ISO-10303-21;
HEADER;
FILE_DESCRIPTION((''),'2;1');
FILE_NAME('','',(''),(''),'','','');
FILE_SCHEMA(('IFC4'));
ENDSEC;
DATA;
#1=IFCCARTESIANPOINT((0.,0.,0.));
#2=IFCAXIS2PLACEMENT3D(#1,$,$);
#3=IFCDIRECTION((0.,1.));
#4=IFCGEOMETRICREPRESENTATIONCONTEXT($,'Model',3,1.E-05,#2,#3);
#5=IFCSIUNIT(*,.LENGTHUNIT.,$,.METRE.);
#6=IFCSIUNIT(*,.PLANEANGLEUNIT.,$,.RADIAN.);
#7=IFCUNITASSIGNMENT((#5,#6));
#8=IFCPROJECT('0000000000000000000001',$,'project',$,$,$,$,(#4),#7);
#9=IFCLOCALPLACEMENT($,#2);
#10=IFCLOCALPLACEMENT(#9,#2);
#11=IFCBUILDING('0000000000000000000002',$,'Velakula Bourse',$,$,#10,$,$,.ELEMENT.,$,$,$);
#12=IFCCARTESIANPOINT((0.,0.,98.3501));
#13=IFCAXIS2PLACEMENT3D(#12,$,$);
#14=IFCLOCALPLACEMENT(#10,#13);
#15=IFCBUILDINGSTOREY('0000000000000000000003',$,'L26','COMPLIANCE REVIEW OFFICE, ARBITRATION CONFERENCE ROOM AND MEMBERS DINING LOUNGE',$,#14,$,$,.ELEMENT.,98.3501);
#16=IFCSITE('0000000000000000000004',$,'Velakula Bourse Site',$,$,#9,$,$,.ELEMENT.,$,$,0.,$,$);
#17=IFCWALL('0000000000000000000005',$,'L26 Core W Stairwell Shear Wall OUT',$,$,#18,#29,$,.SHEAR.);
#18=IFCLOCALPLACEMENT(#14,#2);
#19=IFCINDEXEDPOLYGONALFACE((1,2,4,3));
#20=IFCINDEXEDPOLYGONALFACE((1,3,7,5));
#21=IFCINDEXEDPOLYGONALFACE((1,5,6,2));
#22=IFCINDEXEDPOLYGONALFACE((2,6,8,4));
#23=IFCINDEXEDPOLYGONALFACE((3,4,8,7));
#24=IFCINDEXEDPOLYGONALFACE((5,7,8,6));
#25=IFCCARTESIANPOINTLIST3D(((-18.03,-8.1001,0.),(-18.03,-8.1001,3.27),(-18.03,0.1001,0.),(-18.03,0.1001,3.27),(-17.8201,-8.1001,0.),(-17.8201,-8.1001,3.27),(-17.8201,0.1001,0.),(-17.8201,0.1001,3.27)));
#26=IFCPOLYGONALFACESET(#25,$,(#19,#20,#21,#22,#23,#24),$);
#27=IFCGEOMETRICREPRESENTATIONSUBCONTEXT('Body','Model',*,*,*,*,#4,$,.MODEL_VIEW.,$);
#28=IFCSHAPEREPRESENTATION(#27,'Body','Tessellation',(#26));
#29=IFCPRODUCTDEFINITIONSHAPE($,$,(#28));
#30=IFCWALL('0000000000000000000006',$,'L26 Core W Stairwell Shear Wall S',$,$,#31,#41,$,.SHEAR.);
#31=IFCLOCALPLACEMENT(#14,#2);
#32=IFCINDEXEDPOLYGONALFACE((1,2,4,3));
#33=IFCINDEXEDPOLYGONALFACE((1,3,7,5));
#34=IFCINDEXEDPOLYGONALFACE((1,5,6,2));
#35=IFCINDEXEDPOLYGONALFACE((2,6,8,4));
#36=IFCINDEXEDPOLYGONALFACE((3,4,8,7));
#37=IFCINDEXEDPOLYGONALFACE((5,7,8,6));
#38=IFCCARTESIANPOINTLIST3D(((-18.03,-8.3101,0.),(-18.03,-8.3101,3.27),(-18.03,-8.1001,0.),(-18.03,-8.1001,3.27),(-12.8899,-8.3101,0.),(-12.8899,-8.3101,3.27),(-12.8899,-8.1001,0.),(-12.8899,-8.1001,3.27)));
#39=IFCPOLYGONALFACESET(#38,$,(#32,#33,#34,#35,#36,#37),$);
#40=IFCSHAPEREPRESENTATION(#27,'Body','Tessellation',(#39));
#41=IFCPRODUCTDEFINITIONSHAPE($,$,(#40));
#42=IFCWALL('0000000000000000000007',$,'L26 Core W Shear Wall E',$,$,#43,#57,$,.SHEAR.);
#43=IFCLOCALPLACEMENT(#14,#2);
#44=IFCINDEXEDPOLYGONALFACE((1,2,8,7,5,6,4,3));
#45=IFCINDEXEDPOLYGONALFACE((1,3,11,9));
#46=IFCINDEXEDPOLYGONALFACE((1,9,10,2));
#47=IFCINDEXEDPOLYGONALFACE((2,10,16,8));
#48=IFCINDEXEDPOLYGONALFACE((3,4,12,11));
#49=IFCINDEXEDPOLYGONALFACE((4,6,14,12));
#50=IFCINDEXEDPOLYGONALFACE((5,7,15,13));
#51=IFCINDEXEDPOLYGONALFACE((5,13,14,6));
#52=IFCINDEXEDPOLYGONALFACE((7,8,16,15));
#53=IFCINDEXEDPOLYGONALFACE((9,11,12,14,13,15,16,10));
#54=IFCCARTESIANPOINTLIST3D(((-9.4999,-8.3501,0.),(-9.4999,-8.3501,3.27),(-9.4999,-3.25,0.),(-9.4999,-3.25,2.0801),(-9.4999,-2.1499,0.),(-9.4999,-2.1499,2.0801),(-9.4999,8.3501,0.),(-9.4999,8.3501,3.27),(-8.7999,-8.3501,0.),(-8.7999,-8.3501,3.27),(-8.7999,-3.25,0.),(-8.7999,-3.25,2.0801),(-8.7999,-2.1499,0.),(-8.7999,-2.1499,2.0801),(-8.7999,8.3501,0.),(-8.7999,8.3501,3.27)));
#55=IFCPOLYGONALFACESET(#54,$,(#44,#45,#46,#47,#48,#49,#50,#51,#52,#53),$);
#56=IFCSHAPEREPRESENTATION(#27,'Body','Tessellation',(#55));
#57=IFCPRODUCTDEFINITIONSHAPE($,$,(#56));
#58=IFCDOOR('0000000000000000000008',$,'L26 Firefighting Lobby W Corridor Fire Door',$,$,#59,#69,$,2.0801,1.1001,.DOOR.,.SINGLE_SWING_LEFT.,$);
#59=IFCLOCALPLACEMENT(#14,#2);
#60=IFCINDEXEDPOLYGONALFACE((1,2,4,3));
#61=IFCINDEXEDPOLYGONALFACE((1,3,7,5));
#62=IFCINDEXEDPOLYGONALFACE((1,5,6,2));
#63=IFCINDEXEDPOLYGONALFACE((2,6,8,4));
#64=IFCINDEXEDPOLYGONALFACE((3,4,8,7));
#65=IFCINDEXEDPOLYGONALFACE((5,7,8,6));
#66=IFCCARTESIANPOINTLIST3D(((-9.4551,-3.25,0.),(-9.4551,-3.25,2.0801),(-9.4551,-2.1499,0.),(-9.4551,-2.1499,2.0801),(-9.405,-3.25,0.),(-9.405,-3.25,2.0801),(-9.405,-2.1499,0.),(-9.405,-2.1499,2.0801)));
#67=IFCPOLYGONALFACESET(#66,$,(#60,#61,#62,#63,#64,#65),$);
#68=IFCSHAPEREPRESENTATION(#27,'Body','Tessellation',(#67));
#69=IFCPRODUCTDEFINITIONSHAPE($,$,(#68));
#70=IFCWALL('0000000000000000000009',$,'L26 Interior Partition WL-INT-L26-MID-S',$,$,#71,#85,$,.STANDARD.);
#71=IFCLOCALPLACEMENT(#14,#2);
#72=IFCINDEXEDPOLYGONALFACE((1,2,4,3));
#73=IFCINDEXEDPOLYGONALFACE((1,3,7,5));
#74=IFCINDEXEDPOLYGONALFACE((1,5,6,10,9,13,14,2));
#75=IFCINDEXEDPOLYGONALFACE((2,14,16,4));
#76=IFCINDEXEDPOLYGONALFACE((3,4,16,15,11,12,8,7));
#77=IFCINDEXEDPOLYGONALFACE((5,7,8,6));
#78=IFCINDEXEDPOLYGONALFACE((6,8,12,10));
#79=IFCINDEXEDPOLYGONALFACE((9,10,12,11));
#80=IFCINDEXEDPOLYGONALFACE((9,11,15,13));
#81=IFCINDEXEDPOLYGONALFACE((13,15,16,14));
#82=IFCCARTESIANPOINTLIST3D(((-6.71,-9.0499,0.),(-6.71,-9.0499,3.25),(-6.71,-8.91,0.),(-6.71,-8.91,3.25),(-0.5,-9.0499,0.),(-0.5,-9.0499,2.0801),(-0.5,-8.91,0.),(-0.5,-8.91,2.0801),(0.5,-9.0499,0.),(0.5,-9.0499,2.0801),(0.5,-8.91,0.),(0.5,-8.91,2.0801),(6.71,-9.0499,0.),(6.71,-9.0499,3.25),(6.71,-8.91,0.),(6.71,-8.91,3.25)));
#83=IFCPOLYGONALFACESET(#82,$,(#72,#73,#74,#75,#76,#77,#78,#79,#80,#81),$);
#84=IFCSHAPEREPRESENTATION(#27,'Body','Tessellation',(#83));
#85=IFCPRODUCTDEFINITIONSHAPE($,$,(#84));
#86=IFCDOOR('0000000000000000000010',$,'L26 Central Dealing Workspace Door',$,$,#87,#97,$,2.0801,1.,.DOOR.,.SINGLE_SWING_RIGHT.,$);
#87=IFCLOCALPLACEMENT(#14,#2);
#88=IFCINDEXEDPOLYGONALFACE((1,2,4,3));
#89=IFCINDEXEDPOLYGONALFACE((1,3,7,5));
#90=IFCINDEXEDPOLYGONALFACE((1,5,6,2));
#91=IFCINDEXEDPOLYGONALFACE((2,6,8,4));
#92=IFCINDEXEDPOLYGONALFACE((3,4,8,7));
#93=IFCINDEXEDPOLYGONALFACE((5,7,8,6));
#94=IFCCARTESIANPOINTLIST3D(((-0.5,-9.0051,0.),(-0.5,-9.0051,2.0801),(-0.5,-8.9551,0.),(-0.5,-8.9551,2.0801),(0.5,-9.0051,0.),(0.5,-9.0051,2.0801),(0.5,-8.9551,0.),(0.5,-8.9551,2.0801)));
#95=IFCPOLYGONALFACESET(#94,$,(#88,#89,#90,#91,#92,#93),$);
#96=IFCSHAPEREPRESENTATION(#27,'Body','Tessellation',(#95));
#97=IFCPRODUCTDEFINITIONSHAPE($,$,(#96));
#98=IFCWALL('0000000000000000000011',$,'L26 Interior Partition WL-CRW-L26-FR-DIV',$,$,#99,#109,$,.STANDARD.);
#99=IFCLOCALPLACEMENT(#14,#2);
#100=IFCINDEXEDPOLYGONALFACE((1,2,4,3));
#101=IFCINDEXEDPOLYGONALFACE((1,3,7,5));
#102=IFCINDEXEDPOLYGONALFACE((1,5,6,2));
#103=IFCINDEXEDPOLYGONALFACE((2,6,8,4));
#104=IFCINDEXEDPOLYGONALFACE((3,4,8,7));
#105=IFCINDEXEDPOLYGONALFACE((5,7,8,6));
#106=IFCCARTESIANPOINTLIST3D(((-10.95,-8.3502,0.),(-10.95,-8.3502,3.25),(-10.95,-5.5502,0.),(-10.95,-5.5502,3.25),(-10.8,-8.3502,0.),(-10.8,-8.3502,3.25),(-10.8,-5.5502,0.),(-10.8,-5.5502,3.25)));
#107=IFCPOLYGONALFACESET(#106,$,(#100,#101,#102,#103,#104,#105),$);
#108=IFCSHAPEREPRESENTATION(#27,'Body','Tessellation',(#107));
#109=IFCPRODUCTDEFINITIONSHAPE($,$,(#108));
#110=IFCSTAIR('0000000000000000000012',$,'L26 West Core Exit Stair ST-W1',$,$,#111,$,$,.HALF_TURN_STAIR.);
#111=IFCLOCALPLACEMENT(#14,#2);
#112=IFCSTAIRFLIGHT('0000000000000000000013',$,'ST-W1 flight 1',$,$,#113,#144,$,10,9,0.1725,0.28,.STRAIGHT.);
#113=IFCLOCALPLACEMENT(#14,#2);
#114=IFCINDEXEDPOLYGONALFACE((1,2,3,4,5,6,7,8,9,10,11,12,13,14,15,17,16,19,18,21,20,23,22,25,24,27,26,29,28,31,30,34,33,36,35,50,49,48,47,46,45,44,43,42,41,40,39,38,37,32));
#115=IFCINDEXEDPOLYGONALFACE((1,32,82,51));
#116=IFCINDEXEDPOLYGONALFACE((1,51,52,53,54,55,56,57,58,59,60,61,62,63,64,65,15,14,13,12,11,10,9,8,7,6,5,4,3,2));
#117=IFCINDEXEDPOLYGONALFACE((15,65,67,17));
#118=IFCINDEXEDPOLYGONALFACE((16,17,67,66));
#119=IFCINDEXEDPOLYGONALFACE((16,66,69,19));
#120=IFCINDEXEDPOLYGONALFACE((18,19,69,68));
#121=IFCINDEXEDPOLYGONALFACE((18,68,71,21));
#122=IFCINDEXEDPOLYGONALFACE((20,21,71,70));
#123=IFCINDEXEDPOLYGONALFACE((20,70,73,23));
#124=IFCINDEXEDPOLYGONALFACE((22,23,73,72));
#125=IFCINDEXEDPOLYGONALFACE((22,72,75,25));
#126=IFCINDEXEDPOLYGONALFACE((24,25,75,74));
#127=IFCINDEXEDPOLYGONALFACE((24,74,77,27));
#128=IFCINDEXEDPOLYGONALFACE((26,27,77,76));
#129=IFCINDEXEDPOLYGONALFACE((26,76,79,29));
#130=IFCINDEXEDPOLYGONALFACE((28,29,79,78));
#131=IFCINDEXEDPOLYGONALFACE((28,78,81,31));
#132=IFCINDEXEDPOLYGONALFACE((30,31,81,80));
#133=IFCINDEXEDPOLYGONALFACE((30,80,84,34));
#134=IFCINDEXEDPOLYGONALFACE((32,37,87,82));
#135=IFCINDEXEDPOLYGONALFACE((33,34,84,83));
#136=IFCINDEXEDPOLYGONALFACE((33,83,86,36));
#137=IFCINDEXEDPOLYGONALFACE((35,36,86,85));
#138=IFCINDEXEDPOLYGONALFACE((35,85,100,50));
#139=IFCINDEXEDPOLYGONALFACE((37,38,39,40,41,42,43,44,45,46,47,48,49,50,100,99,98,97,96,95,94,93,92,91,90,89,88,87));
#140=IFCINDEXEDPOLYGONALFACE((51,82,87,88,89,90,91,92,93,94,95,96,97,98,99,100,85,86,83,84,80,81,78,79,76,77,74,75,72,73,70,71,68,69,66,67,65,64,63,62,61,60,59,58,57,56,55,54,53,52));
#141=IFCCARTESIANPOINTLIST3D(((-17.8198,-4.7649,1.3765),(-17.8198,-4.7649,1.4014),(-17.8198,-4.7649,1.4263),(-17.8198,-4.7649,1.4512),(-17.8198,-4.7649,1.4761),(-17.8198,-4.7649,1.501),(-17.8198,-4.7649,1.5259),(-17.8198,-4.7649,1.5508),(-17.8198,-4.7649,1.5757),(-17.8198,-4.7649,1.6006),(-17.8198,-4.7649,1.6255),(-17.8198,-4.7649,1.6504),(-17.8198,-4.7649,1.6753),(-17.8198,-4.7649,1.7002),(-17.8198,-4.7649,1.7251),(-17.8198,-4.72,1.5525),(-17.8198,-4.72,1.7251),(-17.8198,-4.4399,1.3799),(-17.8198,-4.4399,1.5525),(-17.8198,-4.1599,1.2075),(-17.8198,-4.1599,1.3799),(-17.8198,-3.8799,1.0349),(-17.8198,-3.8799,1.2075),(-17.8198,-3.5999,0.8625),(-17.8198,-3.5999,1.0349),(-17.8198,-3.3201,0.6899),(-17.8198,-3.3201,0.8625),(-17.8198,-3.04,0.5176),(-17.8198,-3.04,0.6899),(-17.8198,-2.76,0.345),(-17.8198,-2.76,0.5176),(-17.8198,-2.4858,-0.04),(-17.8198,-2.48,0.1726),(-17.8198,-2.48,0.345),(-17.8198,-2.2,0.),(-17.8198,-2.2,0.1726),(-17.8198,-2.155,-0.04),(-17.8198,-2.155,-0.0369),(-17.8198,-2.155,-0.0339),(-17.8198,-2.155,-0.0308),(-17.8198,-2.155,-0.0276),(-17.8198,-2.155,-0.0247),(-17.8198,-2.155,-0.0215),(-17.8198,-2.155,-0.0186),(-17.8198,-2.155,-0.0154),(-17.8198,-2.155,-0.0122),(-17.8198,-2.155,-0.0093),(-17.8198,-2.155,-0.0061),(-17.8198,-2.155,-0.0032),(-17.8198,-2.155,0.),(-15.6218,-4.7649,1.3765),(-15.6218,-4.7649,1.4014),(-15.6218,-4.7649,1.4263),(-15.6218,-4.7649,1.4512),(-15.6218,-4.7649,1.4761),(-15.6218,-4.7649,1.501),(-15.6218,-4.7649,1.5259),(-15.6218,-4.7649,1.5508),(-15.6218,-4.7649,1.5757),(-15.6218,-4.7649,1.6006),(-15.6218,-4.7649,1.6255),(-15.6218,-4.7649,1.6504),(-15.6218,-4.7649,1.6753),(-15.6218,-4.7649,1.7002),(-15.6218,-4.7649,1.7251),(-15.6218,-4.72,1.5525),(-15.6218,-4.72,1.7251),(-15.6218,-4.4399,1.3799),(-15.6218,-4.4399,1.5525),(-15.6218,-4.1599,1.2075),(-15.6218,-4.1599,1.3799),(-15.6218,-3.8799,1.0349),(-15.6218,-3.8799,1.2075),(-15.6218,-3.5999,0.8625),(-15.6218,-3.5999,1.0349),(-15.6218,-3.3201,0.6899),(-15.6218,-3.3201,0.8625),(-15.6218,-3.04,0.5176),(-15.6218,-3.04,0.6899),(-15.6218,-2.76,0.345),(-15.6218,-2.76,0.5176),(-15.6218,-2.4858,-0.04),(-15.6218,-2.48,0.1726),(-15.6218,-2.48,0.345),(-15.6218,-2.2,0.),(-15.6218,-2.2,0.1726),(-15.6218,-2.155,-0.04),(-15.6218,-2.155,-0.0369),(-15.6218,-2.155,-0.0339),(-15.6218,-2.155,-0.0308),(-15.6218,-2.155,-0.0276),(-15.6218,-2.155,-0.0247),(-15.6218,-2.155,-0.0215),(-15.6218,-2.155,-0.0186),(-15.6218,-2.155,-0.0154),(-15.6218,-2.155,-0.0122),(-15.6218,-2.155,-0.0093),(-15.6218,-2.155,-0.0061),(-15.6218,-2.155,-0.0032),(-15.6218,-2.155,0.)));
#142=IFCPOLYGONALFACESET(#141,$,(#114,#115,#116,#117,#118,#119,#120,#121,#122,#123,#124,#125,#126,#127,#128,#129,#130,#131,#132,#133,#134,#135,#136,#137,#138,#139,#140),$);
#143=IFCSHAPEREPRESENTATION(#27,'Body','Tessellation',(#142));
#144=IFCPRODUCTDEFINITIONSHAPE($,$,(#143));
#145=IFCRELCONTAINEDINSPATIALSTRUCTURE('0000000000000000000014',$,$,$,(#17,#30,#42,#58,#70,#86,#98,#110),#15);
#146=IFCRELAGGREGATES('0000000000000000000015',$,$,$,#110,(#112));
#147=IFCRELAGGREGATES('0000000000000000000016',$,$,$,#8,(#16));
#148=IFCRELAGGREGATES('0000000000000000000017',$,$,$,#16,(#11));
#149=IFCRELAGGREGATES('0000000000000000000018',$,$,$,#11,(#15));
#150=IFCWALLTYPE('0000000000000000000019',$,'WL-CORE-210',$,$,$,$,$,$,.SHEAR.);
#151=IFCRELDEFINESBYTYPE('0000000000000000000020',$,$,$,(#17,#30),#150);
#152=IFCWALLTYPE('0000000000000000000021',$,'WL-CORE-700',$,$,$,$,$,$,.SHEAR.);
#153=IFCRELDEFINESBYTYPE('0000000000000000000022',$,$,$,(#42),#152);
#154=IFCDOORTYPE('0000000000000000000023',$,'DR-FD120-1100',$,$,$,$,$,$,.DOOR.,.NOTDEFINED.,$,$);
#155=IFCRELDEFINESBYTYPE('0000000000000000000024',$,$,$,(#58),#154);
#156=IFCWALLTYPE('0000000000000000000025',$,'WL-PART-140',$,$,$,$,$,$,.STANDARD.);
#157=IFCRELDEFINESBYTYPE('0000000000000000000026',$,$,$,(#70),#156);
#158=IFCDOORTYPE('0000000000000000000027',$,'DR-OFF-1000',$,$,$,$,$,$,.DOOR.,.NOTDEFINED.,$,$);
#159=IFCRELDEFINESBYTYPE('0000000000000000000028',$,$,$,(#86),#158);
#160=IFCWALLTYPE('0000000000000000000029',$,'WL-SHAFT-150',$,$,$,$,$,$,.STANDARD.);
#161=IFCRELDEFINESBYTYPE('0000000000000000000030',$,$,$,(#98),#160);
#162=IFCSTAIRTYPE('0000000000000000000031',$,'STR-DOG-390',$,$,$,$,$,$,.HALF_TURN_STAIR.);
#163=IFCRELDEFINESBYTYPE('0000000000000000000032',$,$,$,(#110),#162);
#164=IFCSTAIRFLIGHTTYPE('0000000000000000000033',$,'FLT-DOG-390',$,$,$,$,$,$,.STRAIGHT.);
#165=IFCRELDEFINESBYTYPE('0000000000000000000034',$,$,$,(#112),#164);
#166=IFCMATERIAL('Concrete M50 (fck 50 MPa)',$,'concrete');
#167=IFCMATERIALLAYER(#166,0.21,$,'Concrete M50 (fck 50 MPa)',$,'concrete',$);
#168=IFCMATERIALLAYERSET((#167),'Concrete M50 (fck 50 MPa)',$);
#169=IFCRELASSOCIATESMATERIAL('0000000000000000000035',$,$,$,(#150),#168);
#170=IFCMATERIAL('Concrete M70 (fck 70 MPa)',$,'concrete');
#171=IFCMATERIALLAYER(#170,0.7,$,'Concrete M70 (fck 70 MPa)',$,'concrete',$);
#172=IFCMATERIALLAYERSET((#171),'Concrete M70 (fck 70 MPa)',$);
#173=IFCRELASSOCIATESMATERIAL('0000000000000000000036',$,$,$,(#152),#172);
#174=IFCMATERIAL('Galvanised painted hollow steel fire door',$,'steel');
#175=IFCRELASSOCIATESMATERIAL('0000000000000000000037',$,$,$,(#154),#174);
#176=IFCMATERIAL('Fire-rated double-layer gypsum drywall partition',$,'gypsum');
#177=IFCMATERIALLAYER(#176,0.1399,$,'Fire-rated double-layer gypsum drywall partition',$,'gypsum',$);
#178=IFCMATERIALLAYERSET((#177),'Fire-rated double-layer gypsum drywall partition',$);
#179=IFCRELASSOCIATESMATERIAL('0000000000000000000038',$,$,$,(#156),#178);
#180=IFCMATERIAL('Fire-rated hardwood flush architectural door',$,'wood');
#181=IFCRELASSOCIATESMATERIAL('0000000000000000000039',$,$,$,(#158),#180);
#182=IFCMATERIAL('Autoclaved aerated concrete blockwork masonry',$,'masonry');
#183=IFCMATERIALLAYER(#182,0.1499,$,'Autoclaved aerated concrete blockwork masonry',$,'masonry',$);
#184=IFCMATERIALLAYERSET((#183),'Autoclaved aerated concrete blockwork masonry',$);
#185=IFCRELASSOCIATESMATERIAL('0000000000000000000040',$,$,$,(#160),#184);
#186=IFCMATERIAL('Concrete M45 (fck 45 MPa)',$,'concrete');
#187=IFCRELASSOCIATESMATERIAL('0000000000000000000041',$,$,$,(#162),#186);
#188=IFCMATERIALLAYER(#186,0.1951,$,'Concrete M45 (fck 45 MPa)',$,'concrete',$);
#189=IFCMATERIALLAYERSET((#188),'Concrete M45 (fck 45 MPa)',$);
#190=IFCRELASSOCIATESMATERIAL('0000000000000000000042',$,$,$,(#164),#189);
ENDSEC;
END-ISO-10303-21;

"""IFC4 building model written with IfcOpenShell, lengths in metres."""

from ifc_helpers import new_model, si_unit, direction, frame, frame_2d, origin, place, context, subcontext, project, spatial, polyline, rectangle, outline, extrude, material, layer, layer_set, type_object, element, fill, aggregate, save


model = new_model("IFC4")

# Units and contexts
model_context = context("Model", 3, precision=1e-05, world=origin(), true_north=direction((0.0, 1.0)))
body_context = subcontext(model_context, "Body", "Model", "MODEL_VIEW")
ifc_project = project(units=[si_unit("LENGTHUNIT", "METRE"), si_unit("PLANEANGLEUNIT", "RADIAN")], contexts=[model_context])

# Site, building, storey
site_placement = place(None, origin())
site = spatial("IfcSite", under=ifc_project, at=site_placement, Name="Velakula Bourse Site", CompositionType="ELEMENT", RefElevation=0.0)
building_placement = place(site_placement, origin())
building = spatial("IfcBuilding", under=site, at=building_placement, Name="Velakula Bourse", CompositionType="ELEMENT")
storey_placement = place(building_placement, frame((0.0, 0.0, 98.3501)))
storey = spatial("IfcBuildingStorey", under=building, at=storey_placement, Name="L26", Description="COMPLIANCE REVIEW OFFICE, ARBITRATION CONFERENCE ROOM AND MEMBERS DINING LOUNGE", CompositionType="ELEMENT", Elevation=98.3501)

# Shared definitions
ifc_material_1 = material(Name="Concrete M70 (fck 70 MPa)", Category="concrete")

# Shared definitions
ifc_material_2 = material(Name="Concrete M50 (fck 50 MPa)", Category="concrete")
ifc_layer_1 = layer(ifc_material_2, 0.21, Name="Concrete M50 (fck 50 MPa)", Category="concrete")
ifc_layer_set_1 = layer_set([ifc_layer_1], Name="Concrete M50 (fck 50 MPa)")
wall_type_1 = type_object("IfcWallType", Name="WL-CORE-210", PredefinedType="SHEAR", material=ifc_layer_set_1)
ifc_material_3 = material(Name="Galvanised painted hollow steel fire door", Category="steel")

# Walls
wall_1_placement = place(storey_placement, frame((-17.925, -8.1001, 0.0), z_axis=(0.0, 0.0, 1.0), x_axis=(0.0, 1.0, 0.0)))
element("IfcWall", 1, at=wall_1_placement, inside=storey, type_object=wall_type_1, Name="L26 Core W Stairwell Shear Wall OUT", PredefinedType="SHEAR", context=body_context, shape_type="SweptSolid", body=[
    extrude(rectangle(XDim=8.2002, YDim=0.21, at=frame_2d((4.1001, 0.0))), origin(), (0.0, 0.0, 1.0), 3.27),
])
wall_2_placement = place(storey_placement, frame((-18.03, -8.2051, 0.0), z_axis=(0.0, 0.0, 1.0), x_axis=(1.0, 0.0, 0.0)))
element("IfcWall", 2, at=wall_2_placement, inside=storey, type_object=wall_type_1, Name="L26 Core W Stairwell Shear Wall S", PredefinedType="SHEAR", context=body_context, shape_type="SweptSolid", body=[
    extrude(rectangle(XDim=5.1401, YDim=0.21, at=frame_2d((2.5701, 0.0))), origin(), (0.0, 0.0, 1.0), 3.27),
])

# Walls, openings, doors
ifc_layer_2 = layer(ifc_material_1, 0.7, Name="Concrete M70 (fck 70 MPa)", Category="concrete")
ifc_layer_set_2 = layer_set([ifc_layer_2], Name="Concrete M70 (fck 70 MPa)")
wall_type_2 = type_object("IfcWallType", Name="WL-CORE-700", PredefinedType="SHEAR", material=ifc_layer_set_2)
wall_3_placement = place(storey_placement, frame((-9.1499, -8.3501, 0.0), z_axis=(0.0, 0.0, 1.0), x_axis=(0.0, 1.0, 0.0)))
wall_3 = element("IfcWall", 3, at=wall_3_placement, inside=storey, type_object=wall_type_2, Name="L26 Core W Shear Wall E", PredefinedType="SHEAR", context=body_context, shape_type="SweptSolid", body=[
    extrude(rectangle(XDim=16.7002, YDim=0.7, at=frame_2d((8.3501, 0.0))), origin(), (0.0, 0.0, 1.0), 3.27),
])
opening_1_placement = place(wall_3_placement, frame((5.1001, 0.0, 0.0)))
opening_1 = element("IfcOpeningElement", 4, at=opening_1_placement, cuts=wall_3, PredefinedType="OPENING", context=body_context, shape_type="SweptSolid", body=[
    extrude(rectangle(XDim=1.1001, YDim=2.0801, at=frame_2d((0.55, 1.04))), frame((0.0, 0.3599, 0.0), z_axis=(0.0, -1.0, 0.0), x_axis=(1.0, 0.0, 0.0)), (0.0, 0.0, 1.0), 0.72),
])
door_type_1 = type_object("IfcDoorType", Name="DR-FD120-1100", OperationType="NOTDEFINED", PredefinedType="DOOR", material=ifc_material_3)
door_1_placement = place(opening_1_placement, origin())
door_1 = element("IfcDoor", 5, at=door_1_placement, inside=storey, type_object=door_type_1, Name="L26 Firefighting Lobby W Corridor Fire Door", OperationType="SINGLE_SWING_LEFT", OverallHeight=2.0801, OverallWidth=1.1001, PredefinedType="DOOR", context=body_context, shape_type="SweptSolid", body=[
    extrude(rectangle(XDim=1.1001, YDim=2.0801, at=frame_2d((0.55, 1.04))), frame((0.0, 0.3052, 0.0), z_axis=(0.0, -1.0, 0.0), x_axis=(1.0, 0.0, 0.0)), (0.0, 0.0, 1.0), 0.05),
])
fill(opening_1, door_1)
ifc_material_4 = material(Name="Fire-rated double-layer gypsum drywall partition", Category="gypsum")
ifc_layer_3 = layer(ifc_material_4, 0.1399, Name="Fire-rated double-layer gypsum drywall partition", Category="gypsum")
ifc_layer_set_3 = layer_set([ifc_layer_3], Name="Fire-rated double-layer gypsum drywall partition")
wall_type_3 = type_object("IfcWallType", Name="WL-PART-140", PredefinedType="STANDARD", material=ifc_layer_set_3)
wall_4_placement = place(storey_placement, frame((-6.71, -8.98, 0.0), z_axis=(0.0, 0.0, 1.0), x_axis=(1.0, 0.0, 0.0)))
wall_4 = element("IfcWall", 6, at=wall_4_placement, inside=storey, type_object=wall_type_3, Name="L26 Interior Partition WL-INT-L26-MID-S", PredefinedType="STANDARD", context=body_context, shape_type="SweptSolid", body=[
    extrude(rectangle(XDim=13.4199, YDim=0.1399, at=frame_2d((6.71, 0.0))), origin(), (0.0, 0.0, 1.0), 3.25),
])
opening_2_placement = place(wall_4_placement, frame((6.21, 0.0, 0.0)))
opening_2 = element("IfcOpeningElement", 7, at=opening_2_placement, cuts=wall_4, PredefinedType="OPENING", context=body_context, shape_type="SweptSolid", body=[
    extrude(rectangle(XDim=1.0, YDim=2.0801, at=frame_2d((0.5, 1.04))), frame((0.0, 0.0798, 0.0), z_axis=(0.0, -1.0, 0.0), x_axis=(1.0, 0.0, 0.0)), (0.0, 0.0, 1.0), 0.1599),
])
ifc_material_5 = material(Name="Fire-rated hardwood flush architectural door", Category="wood")
door_type_2 = type_object("IfcDoorType", Name="DR-OFF-1000", OperationType="NOTDEFINED", PredefinedType="DOOR", material=ifc_material_5)
door_2_placement = place(opening_2_placement, origin())
door_2 = element("IfcDoor", 8, at=door_2_placement, inside=storey, type_object=door_type_2, Name="L26 Central Dealing Workspace Door", OperationType="SINGLE_SWING_RIGHT", OverallHeight=2.0801, OverallWidth=1.0, PredefinedType="DOOR", context=body_context, shape_type="SweptSolid", body=[
    extrude(rectangle(XDim=1.0, YDim=2.0801, at=frame_2d((0.5, 1.04))), frame((0.0, 0.0249, 0.0), z_axis=(0.0, -1.0, 0.0), x_axis=(1.0, 0.0, 0.0)), (0.0, 0.0, 1.0), 0.05),
])
fill(opening_2, door_2)

# Shared definitions
ifc_material_6 = material(Name="Autoclaved aerated concrete blockwork masonry", Category="masonry")
ifc_layer_4 = layer(ifc_material_6, 0.1499, Name="Autoclaved aerated concrete blockwork masonry", Category="masonry")
ifc_layer_set_4 = layer_set([ifc_layer_4], Name="Autoclaved aerated concrete blockwork masonry")
wall_type_4 = type_object("IfcWallType", Name="WL-SHAFT-150", PredefinedType="STANDARD", material=ifc_layer_set_4)

# Wall
wall_5_placement = place(storey_placement, frame((-10.875, -8.3501, 0.0), z_axis=(0.0, 0.0, 1.0), x_axis=(0.0, 1.0, 0.0)))
element("IfcWall", 9, at=wall_5_placement, inside=storey, type_object=wall_type_4, Name="L26 Interior Partition WL-CRW-L26-FR-DIV", PredefinedType="STANDARD", context=body_context, shape_type="SweptSolid", body=[
    extrude(rectangle(XDim=2.8, YDim=0.1499, at=frame_2d((1.3999, 0.0))), origin(), (0.0, 0.0, 1.0), 3.25),
])

# Stair, stair flight
ifc_material_7 = material(Name="Concrete M45 (fck 45 MPa)", Category="concrete")
stair_type = type_object("IfcStairType", Name="STR-DOG-390", PredefinedType="HALF_TURN_STAIR", material=ifc_material_7)
stair_placement = place(storey_placement, origin())
stair = element("IfcStair", 10, at=stair_placement, inside=storey, type_object=stair_type, Name="L26 West Core Exit Stair ST-W1", PredefinedType="HALF_TURN_STAIR")
ifc_layer_5 = layer(ifc_material_7, 0.1951, Name="Concrete M45 (fck 45 MPa)", Category="concrete")
ifc_layer_set_5 = layer_set([ifc_layer_5], Name="Concrete M45 (fck 45 MPa)")
stair_flight_type = type_object("IfcStairFlightType", Name="FLT-DOG-390", PredefinedType="STRAIGHT", material=ifc_layer_set_5)
stair_flight_1_placement = place(storey_placement, frame((-16.7209, -2.2, 0.0), z_axis=(0.0, 0.0, 1.0), x_axis=(0.0, -1.0, 0.0)))
stair_flight_1 = element("IfcStairFlight", 11, at=stair_flight_1_placement, type_object=stair_flight_type, Name="ST-W1 flight 1", NumberOfRisers=10, NumberOfTreads=9, PredefinedType="STRAIGHT", RiserHeight=0.1725, TreadLength=0.28, context=body_context, shape_type="SweptSolid", body=[
    extrude(outline(polyline([(-0.0449, -0.04), (-0.0449, -0.0369), (-0.0449, -0.0339), (-0.0449, -0.0308), (-0.0449, -0.0276), (-0.0449, -0.0247), (-0.0449, -0.0215), (-0.0449, -0.0186), (-0.0449, -0.0154), (-0.0449, -0.0122), (-0.0449, -0.0093), (-0.0449, -0.0061), (-0.0449, -0.0032), (-0.0449, 0.0), (0.0, 0.0), (0.0, 0.1726), (0.28, 0.1726), (0.28, 0.345), (0.5601, 0.345), (0.5601, 0.5176), (0.8401, 0.5176), (0.8401, 0.6899), (1.1201, 0.6899), (1.1201, 0.8625), (1.3999, 0.8625), (1.3999, 1.0349), (1.6799, 1.0349), (1.6799, 1.2075), (1.96, 1.2075), (1.96, 1.3799), (2.24, 1.3799), (2.24, 1.5525), (2.52, 1.5525), (2.52, 1.7251), (2.5649, 1.7251), (2.5649, 1.7002), (2.5649, 1.6753), (2.5649, 1.6504), (2.5649, 1.6255), (2.5649, 1.6006), (2.5649, 1.5757), (2.5649, 1.5508), (2.5649, 1.5259), (2.5649, 1.501), (2.5649, 1.4761), (2.5649, 1.4512), (2.5649, 1.4263), (2.5649, 1.4014), (2.5649, 1.3765), (0.2859, -0.04), (-0.0449, -0.04)])), frame((0.0, 1.0991, 0.0), z_axis=(0.0, -1.0, 0.0), x_axis=(1.0, 0.0, 0.0)), (0.0, 0.0, 1.0), 2.198),
])
aggregate(stair, [stair_flight_1])

save(model, "model.ifc")
